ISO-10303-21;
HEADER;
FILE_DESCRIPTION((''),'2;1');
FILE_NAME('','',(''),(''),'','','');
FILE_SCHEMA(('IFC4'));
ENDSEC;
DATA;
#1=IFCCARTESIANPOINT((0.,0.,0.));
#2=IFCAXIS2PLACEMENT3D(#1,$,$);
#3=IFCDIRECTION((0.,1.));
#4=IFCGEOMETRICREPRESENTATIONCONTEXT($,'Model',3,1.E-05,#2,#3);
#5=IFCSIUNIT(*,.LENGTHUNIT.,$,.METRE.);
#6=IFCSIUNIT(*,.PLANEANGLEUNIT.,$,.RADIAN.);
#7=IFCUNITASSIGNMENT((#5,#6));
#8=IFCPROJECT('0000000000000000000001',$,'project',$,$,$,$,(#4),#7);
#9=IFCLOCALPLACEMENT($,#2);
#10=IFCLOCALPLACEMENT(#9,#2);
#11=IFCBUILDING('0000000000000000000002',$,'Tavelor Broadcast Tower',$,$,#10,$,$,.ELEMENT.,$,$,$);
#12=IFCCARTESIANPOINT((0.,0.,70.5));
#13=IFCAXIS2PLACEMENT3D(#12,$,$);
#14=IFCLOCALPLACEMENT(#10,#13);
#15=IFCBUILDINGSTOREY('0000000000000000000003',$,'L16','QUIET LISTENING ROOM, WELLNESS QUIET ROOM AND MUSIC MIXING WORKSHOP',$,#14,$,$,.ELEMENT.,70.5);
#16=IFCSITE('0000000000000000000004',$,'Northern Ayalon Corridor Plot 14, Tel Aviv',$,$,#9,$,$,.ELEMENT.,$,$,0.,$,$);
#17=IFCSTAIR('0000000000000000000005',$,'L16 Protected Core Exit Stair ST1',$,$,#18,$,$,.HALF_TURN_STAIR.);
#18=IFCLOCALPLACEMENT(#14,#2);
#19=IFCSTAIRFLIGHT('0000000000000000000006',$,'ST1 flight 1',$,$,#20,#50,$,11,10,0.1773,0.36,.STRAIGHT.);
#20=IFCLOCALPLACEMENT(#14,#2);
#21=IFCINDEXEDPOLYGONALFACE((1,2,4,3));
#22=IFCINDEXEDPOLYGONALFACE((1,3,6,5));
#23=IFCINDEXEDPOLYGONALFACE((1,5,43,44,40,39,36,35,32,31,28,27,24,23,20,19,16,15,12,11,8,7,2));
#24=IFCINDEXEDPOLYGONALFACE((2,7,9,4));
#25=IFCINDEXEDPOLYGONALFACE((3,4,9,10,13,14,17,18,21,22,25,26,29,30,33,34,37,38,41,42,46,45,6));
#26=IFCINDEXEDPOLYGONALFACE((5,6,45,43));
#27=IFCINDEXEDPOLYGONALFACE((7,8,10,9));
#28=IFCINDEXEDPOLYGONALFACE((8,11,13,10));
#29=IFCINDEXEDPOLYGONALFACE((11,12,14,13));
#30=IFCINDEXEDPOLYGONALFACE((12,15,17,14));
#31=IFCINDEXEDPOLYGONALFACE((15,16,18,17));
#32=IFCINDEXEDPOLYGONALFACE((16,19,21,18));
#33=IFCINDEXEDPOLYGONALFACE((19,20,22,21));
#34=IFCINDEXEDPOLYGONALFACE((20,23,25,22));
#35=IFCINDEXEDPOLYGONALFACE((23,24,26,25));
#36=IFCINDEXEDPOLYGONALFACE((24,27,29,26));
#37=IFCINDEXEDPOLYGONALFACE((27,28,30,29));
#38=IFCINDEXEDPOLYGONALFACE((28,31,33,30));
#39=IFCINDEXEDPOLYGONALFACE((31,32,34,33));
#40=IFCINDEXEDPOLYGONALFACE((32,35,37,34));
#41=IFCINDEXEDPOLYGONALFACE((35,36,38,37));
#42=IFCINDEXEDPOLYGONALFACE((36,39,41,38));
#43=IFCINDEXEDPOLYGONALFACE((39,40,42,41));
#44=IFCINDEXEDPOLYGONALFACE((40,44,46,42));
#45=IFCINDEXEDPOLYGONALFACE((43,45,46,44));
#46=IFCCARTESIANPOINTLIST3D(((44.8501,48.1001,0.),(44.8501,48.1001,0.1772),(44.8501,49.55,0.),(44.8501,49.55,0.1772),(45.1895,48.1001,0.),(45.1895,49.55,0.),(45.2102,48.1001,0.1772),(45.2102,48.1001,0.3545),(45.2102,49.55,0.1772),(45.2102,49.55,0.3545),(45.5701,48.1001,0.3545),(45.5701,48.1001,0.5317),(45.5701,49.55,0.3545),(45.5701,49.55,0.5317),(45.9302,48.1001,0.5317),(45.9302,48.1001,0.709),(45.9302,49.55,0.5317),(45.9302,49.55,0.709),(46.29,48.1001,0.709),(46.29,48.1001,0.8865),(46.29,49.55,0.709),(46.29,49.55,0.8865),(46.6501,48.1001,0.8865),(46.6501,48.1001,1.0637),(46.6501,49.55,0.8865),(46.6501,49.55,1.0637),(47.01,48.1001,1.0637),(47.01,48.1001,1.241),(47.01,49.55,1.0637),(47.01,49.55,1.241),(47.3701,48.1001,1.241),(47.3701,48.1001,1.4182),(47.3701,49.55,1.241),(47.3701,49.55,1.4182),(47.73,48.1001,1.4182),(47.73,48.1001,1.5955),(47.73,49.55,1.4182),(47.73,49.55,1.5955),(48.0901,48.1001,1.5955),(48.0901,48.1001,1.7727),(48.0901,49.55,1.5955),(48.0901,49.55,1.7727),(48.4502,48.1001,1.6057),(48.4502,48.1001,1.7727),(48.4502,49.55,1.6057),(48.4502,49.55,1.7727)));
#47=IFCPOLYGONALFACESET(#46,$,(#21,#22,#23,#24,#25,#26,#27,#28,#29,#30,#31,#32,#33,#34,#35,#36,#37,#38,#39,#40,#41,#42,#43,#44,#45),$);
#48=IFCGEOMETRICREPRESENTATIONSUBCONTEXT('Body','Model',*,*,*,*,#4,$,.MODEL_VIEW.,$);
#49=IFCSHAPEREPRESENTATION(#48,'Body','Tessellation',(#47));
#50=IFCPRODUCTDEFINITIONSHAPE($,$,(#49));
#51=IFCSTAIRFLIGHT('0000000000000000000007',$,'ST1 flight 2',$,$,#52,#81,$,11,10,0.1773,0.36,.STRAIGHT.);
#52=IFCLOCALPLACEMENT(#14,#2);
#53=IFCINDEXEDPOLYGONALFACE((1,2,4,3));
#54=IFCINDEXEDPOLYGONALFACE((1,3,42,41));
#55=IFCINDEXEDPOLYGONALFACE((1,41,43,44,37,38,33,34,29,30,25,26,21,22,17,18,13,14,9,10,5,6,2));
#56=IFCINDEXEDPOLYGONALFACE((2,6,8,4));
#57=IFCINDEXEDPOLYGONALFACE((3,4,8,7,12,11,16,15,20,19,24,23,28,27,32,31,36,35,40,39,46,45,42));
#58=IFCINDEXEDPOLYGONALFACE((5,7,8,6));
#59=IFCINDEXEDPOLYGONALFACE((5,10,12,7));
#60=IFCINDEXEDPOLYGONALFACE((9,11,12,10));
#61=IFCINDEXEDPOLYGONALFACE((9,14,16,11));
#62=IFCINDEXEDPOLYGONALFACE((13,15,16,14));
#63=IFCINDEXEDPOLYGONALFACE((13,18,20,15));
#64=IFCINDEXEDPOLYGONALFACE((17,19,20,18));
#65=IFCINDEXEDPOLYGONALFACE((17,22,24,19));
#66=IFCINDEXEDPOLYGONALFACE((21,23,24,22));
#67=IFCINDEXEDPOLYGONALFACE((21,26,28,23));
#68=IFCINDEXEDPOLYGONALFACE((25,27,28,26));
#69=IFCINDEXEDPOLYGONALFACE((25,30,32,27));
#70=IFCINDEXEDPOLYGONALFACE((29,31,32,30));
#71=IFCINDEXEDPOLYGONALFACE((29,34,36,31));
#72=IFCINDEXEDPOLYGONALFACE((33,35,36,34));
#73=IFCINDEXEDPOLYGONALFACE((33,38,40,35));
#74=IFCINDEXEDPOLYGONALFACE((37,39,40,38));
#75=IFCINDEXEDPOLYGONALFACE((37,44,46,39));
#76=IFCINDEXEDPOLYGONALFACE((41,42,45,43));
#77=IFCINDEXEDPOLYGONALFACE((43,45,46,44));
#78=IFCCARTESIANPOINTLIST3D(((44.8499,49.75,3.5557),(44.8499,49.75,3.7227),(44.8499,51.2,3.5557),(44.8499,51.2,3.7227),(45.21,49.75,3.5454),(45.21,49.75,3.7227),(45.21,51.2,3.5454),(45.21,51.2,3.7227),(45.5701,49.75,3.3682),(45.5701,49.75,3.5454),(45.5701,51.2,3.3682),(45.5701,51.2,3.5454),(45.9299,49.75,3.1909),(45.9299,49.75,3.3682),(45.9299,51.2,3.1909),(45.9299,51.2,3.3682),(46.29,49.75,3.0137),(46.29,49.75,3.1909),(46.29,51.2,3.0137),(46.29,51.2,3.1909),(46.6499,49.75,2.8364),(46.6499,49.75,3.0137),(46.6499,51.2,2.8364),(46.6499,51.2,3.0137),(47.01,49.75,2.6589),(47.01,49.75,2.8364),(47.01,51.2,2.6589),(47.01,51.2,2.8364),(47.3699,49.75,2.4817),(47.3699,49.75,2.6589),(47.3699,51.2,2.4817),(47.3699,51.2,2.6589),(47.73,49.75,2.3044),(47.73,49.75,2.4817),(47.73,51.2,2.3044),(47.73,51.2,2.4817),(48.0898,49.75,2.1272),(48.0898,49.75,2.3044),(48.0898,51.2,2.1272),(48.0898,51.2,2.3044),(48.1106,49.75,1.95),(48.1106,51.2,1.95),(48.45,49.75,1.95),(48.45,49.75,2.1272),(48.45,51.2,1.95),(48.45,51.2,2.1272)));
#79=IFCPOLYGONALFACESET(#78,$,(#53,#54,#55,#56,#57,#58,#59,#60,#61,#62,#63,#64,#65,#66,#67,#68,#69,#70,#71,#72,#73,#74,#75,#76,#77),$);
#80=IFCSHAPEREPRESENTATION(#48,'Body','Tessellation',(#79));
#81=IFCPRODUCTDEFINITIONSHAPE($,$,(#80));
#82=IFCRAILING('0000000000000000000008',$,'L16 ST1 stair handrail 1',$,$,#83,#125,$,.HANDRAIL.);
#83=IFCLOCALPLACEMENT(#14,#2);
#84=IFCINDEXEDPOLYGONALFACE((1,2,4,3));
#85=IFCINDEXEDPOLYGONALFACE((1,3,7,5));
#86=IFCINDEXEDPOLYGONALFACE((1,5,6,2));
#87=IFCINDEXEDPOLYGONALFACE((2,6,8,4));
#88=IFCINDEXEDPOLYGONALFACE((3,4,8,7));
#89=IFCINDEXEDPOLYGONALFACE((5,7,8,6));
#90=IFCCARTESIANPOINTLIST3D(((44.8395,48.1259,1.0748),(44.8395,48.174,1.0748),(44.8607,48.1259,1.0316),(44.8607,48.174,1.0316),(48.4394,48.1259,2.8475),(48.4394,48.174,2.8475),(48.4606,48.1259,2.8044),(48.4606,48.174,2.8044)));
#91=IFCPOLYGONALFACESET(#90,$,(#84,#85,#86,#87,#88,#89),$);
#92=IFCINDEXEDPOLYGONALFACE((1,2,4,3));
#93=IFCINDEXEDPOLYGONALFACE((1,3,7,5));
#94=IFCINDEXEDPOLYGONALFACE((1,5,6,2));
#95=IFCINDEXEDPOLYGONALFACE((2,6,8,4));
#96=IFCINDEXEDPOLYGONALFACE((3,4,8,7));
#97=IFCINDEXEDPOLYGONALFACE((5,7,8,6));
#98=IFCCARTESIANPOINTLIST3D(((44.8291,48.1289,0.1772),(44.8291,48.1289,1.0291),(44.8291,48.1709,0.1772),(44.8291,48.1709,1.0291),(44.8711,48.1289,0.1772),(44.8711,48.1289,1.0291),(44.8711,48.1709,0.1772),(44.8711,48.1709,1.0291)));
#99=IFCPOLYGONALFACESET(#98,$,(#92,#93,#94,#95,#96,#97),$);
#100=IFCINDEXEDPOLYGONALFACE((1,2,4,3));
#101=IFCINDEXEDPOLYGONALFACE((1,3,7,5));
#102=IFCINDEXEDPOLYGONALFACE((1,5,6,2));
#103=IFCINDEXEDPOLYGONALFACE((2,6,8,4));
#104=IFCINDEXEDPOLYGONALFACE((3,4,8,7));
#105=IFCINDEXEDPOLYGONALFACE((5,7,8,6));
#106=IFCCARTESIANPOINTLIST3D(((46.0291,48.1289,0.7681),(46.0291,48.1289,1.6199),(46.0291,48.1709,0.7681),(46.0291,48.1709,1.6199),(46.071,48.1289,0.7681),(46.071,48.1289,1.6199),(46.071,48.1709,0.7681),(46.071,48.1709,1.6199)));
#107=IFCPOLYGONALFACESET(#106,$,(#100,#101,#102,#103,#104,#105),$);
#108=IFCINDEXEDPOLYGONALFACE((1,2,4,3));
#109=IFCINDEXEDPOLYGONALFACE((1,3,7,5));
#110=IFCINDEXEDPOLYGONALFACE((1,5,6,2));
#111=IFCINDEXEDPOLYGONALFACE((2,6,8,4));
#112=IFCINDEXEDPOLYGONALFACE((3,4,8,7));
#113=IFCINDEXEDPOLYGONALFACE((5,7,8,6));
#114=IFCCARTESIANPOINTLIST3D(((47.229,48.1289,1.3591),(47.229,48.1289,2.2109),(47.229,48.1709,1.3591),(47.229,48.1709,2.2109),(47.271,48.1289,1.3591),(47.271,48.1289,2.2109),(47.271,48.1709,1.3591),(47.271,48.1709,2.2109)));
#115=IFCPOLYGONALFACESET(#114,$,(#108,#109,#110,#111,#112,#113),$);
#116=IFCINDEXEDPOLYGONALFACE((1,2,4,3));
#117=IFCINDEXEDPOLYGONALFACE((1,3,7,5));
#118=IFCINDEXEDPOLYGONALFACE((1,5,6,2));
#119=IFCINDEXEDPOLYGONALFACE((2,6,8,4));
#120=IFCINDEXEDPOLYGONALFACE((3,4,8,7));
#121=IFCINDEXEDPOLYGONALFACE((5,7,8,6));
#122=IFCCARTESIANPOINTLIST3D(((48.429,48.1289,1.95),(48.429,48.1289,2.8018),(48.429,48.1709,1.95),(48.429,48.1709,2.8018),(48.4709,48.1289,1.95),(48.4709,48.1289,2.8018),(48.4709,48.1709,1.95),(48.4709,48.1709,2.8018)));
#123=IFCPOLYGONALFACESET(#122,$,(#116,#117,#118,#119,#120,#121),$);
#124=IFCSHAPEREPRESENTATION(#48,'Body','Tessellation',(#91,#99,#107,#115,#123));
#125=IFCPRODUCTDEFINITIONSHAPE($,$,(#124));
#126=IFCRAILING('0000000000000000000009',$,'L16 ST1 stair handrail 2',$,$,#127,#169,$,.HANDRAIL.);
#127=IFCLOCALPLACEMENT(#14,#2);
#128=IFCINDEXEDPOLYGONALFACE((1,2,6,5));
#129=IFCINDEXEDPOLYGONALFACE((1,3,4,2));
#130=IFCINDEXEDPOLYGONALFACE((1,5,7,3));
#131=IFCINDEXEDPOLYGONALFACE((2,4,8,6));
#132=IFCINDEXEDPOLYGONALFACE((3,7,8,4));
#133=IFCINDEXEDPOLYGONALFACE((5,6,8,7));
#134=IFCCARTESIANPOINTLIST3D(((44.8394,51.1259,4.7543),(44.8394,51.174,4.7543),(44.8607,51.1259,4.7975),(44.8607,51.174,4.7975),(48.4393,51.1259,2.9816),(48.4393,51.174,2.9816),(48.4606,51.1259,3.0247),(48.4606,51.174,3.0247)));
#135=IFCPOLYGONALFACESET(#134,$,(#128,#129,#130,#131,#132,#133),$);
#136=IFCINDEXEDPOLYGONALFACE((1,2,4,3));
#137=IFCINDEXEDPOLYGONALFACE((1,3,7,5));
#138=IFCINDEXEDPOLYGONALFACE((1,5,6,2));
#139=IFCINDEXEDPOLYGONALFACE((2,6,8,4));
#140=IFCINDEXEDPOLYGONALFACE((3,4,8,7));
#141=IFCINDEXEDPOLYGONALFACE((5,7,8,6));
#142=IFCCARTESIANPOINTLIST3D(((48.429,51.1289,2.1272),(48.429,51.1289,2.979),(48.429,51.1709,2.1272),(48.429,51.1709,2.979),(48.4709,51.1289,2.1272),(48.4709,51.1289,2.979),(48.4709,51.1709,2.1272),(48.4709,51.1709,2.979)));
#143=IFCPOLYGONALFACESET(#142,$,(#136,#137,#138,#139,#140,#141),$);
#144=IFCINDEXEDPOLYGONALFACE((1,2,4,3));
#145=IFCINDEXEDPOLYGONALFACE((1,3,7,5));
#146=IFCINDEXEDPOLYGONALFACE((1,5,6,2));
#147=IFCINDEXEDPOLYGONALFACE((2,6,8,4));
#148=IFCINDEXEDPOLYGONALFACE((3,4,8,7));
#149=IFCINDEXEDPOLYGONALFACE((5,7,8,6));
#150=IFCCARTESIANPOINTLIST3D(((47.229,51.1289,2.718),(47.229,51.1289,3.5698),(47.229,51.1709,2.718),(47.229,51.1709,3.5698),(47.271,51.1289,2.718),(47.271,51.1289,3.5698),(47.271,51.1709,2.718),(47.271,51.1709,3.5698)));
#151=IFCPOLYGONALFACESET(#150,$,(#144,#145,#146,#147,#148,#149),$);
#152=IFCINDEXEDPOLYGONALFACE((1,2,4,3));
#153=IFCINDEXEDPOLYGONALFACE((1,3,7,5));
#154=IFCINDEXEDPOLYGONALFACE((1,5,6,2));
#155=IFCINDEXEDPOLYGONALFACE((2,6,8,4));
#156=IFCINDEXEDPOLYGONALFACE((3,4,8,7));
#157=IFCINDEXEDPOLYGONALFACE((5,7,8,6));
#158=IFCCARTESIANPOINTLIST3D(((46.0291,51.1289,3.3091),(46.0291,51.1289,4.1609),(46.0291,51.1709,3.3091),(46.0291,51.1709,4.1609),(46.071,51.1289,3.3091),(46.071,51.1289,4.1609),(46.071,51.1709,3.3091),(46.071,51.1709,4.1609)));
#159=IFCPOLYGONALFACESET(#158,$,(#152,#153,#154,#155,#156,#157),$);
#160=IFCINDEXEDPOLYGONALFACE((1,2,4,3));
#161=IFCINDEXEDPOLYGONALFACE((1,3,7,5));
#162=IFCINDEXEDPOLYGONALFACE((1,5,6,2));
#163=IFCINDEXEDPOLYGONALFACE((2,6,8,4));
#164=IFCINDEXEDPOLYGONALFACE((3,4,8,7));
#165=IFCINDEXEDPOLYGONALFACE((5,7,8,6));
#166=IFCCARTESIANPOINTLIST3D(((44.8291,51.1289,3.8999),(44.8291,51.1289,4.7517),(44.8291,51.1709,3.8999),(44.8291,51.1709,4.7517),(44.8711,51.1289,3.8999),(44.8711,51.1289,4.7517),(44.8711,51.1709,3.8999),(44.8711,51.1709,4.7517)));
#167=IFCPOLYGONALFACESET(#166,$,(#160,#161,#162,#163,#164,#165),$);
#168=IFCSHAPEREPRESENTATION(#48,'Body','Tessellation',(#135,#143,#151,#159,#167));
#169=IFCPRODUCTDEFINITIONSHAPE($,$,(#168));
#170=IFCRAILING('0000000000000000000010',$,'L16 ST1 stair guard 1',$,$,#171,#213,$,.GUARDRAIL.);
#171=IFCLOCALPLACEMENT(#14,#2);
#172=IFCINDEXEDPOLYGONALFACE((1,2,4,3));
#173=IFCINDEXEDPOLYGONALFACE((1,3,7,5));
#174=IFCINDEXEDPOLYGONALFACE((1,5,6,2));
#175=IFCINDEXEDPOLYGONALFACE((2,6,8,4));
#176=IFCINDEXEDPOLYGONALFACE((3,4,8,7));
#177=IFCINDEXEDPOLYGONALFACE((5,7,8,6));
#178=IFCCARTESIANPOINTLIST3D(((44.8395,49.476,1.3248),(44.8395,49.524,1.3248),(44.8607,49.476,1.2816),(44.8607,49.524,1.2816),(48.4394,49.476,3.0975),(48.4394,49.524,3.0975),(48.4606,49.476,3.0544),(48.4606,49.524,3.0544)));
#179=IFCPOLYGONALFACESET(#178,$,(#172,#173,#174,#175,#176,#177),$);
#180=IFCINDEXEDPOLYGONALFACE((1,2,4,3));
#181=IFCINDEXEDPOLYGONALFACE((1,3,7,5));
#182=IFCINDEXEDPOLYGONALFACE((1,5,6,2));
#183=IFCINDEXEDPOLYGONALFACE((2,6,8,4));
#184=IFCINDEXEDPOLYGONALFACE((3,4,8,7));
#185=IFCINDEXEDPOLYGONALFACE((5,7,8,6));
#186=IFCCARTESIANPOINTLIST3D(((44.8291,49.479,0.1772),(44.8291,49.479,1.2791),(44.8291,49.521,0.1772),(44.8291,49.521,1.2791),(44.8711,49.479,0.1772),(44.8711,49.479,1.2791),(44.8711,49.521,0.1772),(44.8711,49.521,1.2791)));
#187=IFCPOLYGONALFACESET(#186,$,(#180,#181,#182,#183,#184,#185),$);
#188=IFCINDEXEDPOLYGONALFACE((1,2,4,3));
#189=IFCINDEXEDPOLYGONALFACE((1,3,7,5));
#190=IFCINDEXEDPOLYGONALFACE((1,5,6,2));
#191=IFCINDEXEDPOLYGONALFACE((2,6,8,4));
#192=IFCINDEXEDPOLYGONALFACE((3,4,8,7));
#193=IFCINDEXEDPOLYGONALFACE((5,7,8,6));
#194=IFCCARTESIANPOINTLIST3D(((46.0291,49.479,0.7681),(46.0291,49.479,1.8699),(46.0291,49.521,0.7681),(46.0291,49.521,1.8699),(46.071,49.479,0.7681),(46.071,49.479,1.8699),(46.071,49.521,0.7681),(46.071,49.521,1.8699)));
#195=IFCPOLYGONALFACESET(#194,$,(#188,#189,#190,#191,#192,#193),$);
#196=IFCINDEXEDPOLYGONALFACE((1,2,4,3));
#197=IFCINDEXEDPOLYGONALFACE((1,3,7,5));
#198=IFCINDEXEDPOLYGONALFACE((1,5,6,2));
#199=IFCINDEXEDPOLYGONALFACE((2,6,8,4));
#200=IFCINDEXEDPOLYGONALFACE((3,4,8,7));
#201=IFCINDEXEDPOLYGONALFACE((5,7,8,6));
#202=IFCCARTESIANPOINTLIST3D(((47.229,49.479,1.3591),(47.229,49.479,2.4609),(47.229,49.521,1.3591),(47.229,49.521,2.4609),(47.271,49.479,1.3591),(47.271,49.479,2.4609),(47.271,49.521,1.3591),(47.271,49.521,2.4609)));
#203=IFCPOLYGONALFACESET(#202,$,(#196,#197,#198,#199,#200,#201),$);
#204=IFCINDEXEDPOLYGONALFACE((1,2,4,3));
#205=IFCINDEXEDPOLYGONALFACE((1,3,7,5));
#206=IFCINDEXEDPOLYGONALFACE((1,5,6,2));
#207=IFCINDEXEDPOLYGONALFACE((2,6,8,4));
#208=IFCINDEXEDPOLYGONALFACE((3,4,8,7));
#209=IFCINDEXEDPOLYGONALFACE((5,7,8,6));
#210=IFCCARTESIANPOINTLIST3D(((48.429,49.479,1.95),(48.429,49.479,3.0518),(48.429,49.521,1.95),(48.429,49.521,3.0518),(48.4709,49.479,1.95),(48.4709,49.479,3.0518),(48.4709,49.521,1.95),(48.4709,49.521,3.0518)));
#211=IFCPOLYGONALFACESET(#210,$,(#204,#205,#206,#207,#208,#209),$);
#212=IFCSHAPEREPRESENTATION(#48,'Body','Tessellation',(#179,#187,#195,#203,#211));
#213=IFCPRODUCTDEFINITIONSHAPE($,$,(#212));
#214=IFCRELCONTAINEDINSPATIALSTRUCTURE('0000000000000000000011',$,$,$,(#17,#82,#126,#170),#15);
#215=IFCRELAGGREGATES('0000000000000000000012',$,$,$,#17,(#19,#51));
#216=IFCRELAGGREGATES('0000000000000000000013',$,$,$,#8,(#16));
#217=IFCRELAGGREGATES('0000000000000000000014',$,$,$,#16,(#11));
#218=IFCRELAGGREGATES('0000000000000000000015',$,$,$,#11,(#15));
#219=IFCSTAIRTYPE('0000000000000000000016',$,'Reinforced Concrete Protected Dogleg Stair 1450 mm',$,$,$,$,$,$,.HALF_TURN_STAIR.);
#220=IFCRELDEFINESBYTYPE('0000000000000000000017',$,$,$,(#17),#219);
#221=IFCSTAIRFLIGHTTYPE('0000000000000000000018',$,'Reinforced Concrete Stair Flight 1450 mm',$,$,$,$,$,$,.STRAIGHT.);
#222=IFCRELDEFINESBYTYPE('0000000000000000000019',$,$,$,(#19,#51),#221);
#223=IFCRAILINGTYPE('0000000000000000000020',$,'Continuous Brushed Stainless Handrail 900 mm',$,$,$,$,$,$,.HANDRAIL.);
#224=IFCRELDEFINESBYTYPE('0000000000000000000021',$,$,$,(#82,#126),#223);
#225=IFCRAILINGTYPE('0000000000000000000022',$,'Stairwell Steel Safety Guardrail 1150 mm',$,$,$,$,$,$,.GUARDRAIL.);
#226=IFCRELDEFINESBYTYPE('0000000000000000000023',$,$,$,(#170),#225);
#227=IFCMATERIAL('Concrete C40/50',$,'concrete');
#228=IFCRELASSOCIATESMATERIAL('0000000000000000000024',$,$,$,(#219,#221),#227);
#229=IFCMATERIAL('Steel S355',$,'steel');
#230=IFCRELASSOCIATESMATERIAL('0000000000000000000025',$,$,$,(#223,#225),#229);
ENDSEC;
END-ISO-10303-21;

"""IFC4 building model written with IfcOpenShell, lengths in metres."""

from ifc_helpers import new_model, si_unit, direction, frame, origin, origin_2d, place, context, subcontext, project, spatial, polyline, rectangle, outline, extrude, material, type_object, element, aggregate, save


model = new_model("IFC4")

# Units and contexts
model_context = context("Model", 3, precision=1e-05, world=origin(), true_north=direction((0.0, 1.0)))
body_context = subcontext(model_context, "Body", "Model", "MODEL_VIEW")
ifc_project = project(units=[si_unit("LENGTHUNIT", "METRE"), si_unit("PLANEANGLEUNIT", "RADIAN")], contexts=[model_context])

# Site, building, storey
site_placement = place(None, origin())
site = spatial("IfcSite", under=ifc_project, at=site_placement, Name="Northern Ayalon Corridor Plot 14, Tel Aviv", CompositionType="ELEMENT", RefElevation=0.0)
building_placement = place(site_placement, origin())
building = spatial("IfcBuilding", under=site, at=building_placement, Name="Tavelor Broadcast Tower", CompositionType="ELEMENT")
storey_placement = place(building_placement, frame((0.0, 0.0, 70.5)))
storey = spatial("IfcBuildingStorey", under=building, at=storey_placement, Name="L16", Description="QUIET LISTENING ROOM, WELLNESS QUIET ROOM AND MUSIC MIXING WORKSHOP", CompositionType="ELEMENT", Elevation=70.5)

# Shared definitions
ifc_material_1 = material(Name="Concrete C40/50", Category="concrete")
ifc_material_2 = material(Name="Steel S355", Category="steel")

# Stair, stair flights
stair_type = type_object("IfcStairType", Name="Reinforced Concrete Protected Dogleg Stair 1450 mm", PredefinedType="HALF_TURN_STAIR", material=ifc_material_1)
stair_placement = place(storey_placement, origin())
stair = element("IfcStair", 1, at=stair_placement, inside=storey, type_object=stair_type, Name="L16 Protected Core Exit Stair ST1", PredefinedType="HALF_TURN_STAIR")
stair_flight_type = type_object("IfcStairFlightType", Name="Reinforced Concrete Stair Flight 1450 mm", PredefinedType="STRAIGHT", material=ifc_material_1)
stair_flight_1_placement = place(storey_placement, frame((44.8501, 48.825, 0.0), z_axis=(0.0, 0.0, 1.0), x_axis=(1.0, 0.0, 0.0)))
stair_flight_1 = element("IfcStairFlight", 2, at=stair_flight_1_placement, type_object=stair_flight_type, Name="ST1 flight 1", NumberOfRisers=11, NumberOfTreads=10, PredefinedType="STRAIGHT", RiserHeight=0.1773, TreadLength=0.36, context=body_context, shape_type="SweptSolid", body=[
    extrude(outline(polyline([(0.0, 0.0), (0.0, 0.1772), (0.3601, 0.1772), (0.3601, 0.3545), (0.72, 0.3545), (0.72, 0.5317), (1.0801, 0.5317), (1.0801, 0.709), (1.4399, 0.709), (1.4399, 0.8865), (1.8, 0.8865), (1.8, 1.0637), (2.1599, 1.0637), (2.1599, 1.241), (2.52, 1.241), (2.52, 1.4182), (2.8799, 1.4182), (2.8799, 1.5955), (3.24, 1.5955), (3.24, 1.7727), (3.6001, 1.7727), (3.6001, 1.95), (3.6001, 1.6057), (0.3394, 0.0), (0.0, 0.0)])), frame((0.0, 0.7251, 0.0), z_axis=(0.0, -1.0, 0.0), x_axis=(1.0, 0.0, 0.0)), (0.0, 0.0, 1.0), 1.45),
])
stair_flight_2_placement = place(storey_placement, frame((48.45, 50.4751, 1.95), z_axis=(0.0, 0.0, 1.0), x_axis=(-1.0, 0.0, 0.0)))
stair_flight_2 = element("IfcStairFlight", 3, at=stair_flight_2_placement, type_object=stair_flight_type, Name="ST1 flight 2", NumberOfRisers=11, NumberOfTreads=10, PredefinedType="STRAIGHT", RiserHeight=0.1773, TreadLength=0.36, context=body_context, shape_type="SweptSolid", body=[
    extrude(outline(polyline([(0.0, 0.0), (0.0, 0.1772), (0.3601, 0.1772), (0.3601, 0.3545), (0.72, 0.3545), (0.72, 0.5317), (1.0801, 0.5317), (1.0801, 0.709), (1.4399, 0.709), (1.4399, 0.8865), (1.8, 0.8865), (1.8, 1.0637), (2.1599, 1.0637), (2.1599, 1.241), (2.52, 1.241), (2.52, 1.4182), (2.8799, 1.4182), (2.8799, 1.5955), (3.24, 1.5955), (3.24, 1.7727), (3.6001, 1.7727), (3.6001, 1.95), (3.6001, 1.6057), (0.3394, 0.0), (0.0, 0.0)])), frame((0.0, 0.7251, 0.0), z_axis=(0.0, -1.0, 0.0), x_axis=(1.0, 0.0, 0.0)), (0.0, 0.0, 1.0), 1.45),
])
aggregate(stair, [stair_flight_1, stair_flight_2])

# Railings
railing_type_1 = type_object("IfcRailingType", Name="Continuous Brushed Stainless Handrail 900 mm", PredefinedType="HANDRAIL", material=ifc_material_2)
railing_1_placement = place(storey_placement, frame((44.8501, 48.1499, 0.1772)))
element("IfcRailing", 4, at=railing_1_placement, inside=storey, type_object=railing_type_1, Name="L16 ST1 stair handrail 1", PredefinedType="HANDRAIL", context=body_context, shape_type="SweptSolid", body=[
    extrude(rectangle(XDim=0.0481, YDim=0.0481, at=origin_2d()), frame((0.0, 0.0, 0.876), z_axis=(0.897124, 0.0, 0.441778), x_axis=(0.0, 1.0, 0.0)), (0.0, 0.0, 1.0), 4.0127),
    extrude(rectangle(XDim=0.042, YDim=0.042, at=origin_2d()), origin(), (0.0, 0.0, 1.0), 0.8518),
    extrude(rectangle(XDim=0.042, YDim=0.042, at=origin_2d()), frame((1.2, 0.0, 0.5908)), (0.0, 0.0, 1.0), 0.8518),
    extrude(rectangle(XDim=0.042, YDim=0.042, at=origin_2d()), frame((2.3999, 0.0, 1.1819)), (0.0, 0.0, 1.0), 0.8518),
    extrude(rectangle(XDim=0.042, YDim=0.042, at=origin_2d()), frame((3.5999, 0.0, 1.7727)), (0.0, 0.0, 1.0), 0.8518),
])
railing_2_placement = place(storey_placement, frame((48.45, 51.1499, 2.1272)))
element("IfcRailing", 5, at=railing_2_placement, inside=storey, type_object=railing_type_1, Name="L16 ST1 stair handrail 2", PredefinedType="HANDRAIL", context=body_context, shape_type="SweptSolid", body=[
    extrude(rectangle(XDim=0.0481, YDim=0.0481, at=origin_2d()), frame((0.0, 0.0, 0.876), z_axis=(-0.897124, 0.0, 0.441778), x_axis=(0.0, -1.0, 0.0)), (0.0, 0.0, 1.0), 4.0127),
    extrude(rectangle(XDim=0.042, YDim=0.042, at=origin_2d()), origin(), (0.0, 0.0, 1.0), 0.8518),
    extrude(rectangle(XDim=0.042, YDim=0.042, at=origin_2d()), frame((-1.2, 0.0, 0.5908)), (0.0, 0.0, 1.0), 0.8518),
    extrude(rectangle(XDim=0.042, YDim=0.042, at=origin_2d()), frame((-2.3999, 0.0, 1.1819)), (0.0, 0.0, 1.0), 0.8518),
    extrude(rectangle(XDim=0.042, YDim=0.042, at=origin_2d()), frame((-3.5999, 0.0, 1.7727)), (0.0, 0.0, 1.0), 0.8518),
])
railing_type_2 = type_object("IfcRailingType", Name="Stairwell Steel Safety Guardrail 1150 mm", PredefinedType="GUARDRAIL", material=ifc_material_2)
railing_3_placement = place(storey_placement, frame((44.8501, 49.5, 0.1772)))
element("IfcRailing", 6, at=railing_3_placement, inside=storey, type_object=railing_type_2, Name="L16 ST1 stair guard 1", PredefinedType="GUARDRAIL", context=body_context, shape_type="SweptSolid", body=[
    extrude(rectangle(XDim=0.0481, YDim=0.0481, at=origin_2d()), frame((0.0, 0.0, 1.126), z_axis=(0.897124, 0.0, 0.441778), x_axis=(0.0, 1.0, 0.0)), (0.0, 0.0, 1.0), 4.0127),
    extrude(rectangle(XDim=0.042, YDim=0.042, at=origin_2d()), origin(), (0.0, 0.0, 1.0), 1.1018),
    extrude(rectangle(XDim=0.042, YDim=0.042, at=origin_2d()), frame((1.2, 0.0, 0.5908)), (0.0, 0.0, 1.0), 1.1018),
    extrude(rectangle(XDim=0.042, YDim=0.042, at=origin_2d()), frame((2.3999, 0.0, 1.1819)), (0.0, 0.0, 1.0), 1.1018),
    extrude(rectangle(XDim=0.042, YDim=0.042, at=origin_2d()), frame((3.5999, 0.0, 1.7727)), (0.0, 0.0, 1.0), 1.1018),
])

save(model, "model.ifc")
